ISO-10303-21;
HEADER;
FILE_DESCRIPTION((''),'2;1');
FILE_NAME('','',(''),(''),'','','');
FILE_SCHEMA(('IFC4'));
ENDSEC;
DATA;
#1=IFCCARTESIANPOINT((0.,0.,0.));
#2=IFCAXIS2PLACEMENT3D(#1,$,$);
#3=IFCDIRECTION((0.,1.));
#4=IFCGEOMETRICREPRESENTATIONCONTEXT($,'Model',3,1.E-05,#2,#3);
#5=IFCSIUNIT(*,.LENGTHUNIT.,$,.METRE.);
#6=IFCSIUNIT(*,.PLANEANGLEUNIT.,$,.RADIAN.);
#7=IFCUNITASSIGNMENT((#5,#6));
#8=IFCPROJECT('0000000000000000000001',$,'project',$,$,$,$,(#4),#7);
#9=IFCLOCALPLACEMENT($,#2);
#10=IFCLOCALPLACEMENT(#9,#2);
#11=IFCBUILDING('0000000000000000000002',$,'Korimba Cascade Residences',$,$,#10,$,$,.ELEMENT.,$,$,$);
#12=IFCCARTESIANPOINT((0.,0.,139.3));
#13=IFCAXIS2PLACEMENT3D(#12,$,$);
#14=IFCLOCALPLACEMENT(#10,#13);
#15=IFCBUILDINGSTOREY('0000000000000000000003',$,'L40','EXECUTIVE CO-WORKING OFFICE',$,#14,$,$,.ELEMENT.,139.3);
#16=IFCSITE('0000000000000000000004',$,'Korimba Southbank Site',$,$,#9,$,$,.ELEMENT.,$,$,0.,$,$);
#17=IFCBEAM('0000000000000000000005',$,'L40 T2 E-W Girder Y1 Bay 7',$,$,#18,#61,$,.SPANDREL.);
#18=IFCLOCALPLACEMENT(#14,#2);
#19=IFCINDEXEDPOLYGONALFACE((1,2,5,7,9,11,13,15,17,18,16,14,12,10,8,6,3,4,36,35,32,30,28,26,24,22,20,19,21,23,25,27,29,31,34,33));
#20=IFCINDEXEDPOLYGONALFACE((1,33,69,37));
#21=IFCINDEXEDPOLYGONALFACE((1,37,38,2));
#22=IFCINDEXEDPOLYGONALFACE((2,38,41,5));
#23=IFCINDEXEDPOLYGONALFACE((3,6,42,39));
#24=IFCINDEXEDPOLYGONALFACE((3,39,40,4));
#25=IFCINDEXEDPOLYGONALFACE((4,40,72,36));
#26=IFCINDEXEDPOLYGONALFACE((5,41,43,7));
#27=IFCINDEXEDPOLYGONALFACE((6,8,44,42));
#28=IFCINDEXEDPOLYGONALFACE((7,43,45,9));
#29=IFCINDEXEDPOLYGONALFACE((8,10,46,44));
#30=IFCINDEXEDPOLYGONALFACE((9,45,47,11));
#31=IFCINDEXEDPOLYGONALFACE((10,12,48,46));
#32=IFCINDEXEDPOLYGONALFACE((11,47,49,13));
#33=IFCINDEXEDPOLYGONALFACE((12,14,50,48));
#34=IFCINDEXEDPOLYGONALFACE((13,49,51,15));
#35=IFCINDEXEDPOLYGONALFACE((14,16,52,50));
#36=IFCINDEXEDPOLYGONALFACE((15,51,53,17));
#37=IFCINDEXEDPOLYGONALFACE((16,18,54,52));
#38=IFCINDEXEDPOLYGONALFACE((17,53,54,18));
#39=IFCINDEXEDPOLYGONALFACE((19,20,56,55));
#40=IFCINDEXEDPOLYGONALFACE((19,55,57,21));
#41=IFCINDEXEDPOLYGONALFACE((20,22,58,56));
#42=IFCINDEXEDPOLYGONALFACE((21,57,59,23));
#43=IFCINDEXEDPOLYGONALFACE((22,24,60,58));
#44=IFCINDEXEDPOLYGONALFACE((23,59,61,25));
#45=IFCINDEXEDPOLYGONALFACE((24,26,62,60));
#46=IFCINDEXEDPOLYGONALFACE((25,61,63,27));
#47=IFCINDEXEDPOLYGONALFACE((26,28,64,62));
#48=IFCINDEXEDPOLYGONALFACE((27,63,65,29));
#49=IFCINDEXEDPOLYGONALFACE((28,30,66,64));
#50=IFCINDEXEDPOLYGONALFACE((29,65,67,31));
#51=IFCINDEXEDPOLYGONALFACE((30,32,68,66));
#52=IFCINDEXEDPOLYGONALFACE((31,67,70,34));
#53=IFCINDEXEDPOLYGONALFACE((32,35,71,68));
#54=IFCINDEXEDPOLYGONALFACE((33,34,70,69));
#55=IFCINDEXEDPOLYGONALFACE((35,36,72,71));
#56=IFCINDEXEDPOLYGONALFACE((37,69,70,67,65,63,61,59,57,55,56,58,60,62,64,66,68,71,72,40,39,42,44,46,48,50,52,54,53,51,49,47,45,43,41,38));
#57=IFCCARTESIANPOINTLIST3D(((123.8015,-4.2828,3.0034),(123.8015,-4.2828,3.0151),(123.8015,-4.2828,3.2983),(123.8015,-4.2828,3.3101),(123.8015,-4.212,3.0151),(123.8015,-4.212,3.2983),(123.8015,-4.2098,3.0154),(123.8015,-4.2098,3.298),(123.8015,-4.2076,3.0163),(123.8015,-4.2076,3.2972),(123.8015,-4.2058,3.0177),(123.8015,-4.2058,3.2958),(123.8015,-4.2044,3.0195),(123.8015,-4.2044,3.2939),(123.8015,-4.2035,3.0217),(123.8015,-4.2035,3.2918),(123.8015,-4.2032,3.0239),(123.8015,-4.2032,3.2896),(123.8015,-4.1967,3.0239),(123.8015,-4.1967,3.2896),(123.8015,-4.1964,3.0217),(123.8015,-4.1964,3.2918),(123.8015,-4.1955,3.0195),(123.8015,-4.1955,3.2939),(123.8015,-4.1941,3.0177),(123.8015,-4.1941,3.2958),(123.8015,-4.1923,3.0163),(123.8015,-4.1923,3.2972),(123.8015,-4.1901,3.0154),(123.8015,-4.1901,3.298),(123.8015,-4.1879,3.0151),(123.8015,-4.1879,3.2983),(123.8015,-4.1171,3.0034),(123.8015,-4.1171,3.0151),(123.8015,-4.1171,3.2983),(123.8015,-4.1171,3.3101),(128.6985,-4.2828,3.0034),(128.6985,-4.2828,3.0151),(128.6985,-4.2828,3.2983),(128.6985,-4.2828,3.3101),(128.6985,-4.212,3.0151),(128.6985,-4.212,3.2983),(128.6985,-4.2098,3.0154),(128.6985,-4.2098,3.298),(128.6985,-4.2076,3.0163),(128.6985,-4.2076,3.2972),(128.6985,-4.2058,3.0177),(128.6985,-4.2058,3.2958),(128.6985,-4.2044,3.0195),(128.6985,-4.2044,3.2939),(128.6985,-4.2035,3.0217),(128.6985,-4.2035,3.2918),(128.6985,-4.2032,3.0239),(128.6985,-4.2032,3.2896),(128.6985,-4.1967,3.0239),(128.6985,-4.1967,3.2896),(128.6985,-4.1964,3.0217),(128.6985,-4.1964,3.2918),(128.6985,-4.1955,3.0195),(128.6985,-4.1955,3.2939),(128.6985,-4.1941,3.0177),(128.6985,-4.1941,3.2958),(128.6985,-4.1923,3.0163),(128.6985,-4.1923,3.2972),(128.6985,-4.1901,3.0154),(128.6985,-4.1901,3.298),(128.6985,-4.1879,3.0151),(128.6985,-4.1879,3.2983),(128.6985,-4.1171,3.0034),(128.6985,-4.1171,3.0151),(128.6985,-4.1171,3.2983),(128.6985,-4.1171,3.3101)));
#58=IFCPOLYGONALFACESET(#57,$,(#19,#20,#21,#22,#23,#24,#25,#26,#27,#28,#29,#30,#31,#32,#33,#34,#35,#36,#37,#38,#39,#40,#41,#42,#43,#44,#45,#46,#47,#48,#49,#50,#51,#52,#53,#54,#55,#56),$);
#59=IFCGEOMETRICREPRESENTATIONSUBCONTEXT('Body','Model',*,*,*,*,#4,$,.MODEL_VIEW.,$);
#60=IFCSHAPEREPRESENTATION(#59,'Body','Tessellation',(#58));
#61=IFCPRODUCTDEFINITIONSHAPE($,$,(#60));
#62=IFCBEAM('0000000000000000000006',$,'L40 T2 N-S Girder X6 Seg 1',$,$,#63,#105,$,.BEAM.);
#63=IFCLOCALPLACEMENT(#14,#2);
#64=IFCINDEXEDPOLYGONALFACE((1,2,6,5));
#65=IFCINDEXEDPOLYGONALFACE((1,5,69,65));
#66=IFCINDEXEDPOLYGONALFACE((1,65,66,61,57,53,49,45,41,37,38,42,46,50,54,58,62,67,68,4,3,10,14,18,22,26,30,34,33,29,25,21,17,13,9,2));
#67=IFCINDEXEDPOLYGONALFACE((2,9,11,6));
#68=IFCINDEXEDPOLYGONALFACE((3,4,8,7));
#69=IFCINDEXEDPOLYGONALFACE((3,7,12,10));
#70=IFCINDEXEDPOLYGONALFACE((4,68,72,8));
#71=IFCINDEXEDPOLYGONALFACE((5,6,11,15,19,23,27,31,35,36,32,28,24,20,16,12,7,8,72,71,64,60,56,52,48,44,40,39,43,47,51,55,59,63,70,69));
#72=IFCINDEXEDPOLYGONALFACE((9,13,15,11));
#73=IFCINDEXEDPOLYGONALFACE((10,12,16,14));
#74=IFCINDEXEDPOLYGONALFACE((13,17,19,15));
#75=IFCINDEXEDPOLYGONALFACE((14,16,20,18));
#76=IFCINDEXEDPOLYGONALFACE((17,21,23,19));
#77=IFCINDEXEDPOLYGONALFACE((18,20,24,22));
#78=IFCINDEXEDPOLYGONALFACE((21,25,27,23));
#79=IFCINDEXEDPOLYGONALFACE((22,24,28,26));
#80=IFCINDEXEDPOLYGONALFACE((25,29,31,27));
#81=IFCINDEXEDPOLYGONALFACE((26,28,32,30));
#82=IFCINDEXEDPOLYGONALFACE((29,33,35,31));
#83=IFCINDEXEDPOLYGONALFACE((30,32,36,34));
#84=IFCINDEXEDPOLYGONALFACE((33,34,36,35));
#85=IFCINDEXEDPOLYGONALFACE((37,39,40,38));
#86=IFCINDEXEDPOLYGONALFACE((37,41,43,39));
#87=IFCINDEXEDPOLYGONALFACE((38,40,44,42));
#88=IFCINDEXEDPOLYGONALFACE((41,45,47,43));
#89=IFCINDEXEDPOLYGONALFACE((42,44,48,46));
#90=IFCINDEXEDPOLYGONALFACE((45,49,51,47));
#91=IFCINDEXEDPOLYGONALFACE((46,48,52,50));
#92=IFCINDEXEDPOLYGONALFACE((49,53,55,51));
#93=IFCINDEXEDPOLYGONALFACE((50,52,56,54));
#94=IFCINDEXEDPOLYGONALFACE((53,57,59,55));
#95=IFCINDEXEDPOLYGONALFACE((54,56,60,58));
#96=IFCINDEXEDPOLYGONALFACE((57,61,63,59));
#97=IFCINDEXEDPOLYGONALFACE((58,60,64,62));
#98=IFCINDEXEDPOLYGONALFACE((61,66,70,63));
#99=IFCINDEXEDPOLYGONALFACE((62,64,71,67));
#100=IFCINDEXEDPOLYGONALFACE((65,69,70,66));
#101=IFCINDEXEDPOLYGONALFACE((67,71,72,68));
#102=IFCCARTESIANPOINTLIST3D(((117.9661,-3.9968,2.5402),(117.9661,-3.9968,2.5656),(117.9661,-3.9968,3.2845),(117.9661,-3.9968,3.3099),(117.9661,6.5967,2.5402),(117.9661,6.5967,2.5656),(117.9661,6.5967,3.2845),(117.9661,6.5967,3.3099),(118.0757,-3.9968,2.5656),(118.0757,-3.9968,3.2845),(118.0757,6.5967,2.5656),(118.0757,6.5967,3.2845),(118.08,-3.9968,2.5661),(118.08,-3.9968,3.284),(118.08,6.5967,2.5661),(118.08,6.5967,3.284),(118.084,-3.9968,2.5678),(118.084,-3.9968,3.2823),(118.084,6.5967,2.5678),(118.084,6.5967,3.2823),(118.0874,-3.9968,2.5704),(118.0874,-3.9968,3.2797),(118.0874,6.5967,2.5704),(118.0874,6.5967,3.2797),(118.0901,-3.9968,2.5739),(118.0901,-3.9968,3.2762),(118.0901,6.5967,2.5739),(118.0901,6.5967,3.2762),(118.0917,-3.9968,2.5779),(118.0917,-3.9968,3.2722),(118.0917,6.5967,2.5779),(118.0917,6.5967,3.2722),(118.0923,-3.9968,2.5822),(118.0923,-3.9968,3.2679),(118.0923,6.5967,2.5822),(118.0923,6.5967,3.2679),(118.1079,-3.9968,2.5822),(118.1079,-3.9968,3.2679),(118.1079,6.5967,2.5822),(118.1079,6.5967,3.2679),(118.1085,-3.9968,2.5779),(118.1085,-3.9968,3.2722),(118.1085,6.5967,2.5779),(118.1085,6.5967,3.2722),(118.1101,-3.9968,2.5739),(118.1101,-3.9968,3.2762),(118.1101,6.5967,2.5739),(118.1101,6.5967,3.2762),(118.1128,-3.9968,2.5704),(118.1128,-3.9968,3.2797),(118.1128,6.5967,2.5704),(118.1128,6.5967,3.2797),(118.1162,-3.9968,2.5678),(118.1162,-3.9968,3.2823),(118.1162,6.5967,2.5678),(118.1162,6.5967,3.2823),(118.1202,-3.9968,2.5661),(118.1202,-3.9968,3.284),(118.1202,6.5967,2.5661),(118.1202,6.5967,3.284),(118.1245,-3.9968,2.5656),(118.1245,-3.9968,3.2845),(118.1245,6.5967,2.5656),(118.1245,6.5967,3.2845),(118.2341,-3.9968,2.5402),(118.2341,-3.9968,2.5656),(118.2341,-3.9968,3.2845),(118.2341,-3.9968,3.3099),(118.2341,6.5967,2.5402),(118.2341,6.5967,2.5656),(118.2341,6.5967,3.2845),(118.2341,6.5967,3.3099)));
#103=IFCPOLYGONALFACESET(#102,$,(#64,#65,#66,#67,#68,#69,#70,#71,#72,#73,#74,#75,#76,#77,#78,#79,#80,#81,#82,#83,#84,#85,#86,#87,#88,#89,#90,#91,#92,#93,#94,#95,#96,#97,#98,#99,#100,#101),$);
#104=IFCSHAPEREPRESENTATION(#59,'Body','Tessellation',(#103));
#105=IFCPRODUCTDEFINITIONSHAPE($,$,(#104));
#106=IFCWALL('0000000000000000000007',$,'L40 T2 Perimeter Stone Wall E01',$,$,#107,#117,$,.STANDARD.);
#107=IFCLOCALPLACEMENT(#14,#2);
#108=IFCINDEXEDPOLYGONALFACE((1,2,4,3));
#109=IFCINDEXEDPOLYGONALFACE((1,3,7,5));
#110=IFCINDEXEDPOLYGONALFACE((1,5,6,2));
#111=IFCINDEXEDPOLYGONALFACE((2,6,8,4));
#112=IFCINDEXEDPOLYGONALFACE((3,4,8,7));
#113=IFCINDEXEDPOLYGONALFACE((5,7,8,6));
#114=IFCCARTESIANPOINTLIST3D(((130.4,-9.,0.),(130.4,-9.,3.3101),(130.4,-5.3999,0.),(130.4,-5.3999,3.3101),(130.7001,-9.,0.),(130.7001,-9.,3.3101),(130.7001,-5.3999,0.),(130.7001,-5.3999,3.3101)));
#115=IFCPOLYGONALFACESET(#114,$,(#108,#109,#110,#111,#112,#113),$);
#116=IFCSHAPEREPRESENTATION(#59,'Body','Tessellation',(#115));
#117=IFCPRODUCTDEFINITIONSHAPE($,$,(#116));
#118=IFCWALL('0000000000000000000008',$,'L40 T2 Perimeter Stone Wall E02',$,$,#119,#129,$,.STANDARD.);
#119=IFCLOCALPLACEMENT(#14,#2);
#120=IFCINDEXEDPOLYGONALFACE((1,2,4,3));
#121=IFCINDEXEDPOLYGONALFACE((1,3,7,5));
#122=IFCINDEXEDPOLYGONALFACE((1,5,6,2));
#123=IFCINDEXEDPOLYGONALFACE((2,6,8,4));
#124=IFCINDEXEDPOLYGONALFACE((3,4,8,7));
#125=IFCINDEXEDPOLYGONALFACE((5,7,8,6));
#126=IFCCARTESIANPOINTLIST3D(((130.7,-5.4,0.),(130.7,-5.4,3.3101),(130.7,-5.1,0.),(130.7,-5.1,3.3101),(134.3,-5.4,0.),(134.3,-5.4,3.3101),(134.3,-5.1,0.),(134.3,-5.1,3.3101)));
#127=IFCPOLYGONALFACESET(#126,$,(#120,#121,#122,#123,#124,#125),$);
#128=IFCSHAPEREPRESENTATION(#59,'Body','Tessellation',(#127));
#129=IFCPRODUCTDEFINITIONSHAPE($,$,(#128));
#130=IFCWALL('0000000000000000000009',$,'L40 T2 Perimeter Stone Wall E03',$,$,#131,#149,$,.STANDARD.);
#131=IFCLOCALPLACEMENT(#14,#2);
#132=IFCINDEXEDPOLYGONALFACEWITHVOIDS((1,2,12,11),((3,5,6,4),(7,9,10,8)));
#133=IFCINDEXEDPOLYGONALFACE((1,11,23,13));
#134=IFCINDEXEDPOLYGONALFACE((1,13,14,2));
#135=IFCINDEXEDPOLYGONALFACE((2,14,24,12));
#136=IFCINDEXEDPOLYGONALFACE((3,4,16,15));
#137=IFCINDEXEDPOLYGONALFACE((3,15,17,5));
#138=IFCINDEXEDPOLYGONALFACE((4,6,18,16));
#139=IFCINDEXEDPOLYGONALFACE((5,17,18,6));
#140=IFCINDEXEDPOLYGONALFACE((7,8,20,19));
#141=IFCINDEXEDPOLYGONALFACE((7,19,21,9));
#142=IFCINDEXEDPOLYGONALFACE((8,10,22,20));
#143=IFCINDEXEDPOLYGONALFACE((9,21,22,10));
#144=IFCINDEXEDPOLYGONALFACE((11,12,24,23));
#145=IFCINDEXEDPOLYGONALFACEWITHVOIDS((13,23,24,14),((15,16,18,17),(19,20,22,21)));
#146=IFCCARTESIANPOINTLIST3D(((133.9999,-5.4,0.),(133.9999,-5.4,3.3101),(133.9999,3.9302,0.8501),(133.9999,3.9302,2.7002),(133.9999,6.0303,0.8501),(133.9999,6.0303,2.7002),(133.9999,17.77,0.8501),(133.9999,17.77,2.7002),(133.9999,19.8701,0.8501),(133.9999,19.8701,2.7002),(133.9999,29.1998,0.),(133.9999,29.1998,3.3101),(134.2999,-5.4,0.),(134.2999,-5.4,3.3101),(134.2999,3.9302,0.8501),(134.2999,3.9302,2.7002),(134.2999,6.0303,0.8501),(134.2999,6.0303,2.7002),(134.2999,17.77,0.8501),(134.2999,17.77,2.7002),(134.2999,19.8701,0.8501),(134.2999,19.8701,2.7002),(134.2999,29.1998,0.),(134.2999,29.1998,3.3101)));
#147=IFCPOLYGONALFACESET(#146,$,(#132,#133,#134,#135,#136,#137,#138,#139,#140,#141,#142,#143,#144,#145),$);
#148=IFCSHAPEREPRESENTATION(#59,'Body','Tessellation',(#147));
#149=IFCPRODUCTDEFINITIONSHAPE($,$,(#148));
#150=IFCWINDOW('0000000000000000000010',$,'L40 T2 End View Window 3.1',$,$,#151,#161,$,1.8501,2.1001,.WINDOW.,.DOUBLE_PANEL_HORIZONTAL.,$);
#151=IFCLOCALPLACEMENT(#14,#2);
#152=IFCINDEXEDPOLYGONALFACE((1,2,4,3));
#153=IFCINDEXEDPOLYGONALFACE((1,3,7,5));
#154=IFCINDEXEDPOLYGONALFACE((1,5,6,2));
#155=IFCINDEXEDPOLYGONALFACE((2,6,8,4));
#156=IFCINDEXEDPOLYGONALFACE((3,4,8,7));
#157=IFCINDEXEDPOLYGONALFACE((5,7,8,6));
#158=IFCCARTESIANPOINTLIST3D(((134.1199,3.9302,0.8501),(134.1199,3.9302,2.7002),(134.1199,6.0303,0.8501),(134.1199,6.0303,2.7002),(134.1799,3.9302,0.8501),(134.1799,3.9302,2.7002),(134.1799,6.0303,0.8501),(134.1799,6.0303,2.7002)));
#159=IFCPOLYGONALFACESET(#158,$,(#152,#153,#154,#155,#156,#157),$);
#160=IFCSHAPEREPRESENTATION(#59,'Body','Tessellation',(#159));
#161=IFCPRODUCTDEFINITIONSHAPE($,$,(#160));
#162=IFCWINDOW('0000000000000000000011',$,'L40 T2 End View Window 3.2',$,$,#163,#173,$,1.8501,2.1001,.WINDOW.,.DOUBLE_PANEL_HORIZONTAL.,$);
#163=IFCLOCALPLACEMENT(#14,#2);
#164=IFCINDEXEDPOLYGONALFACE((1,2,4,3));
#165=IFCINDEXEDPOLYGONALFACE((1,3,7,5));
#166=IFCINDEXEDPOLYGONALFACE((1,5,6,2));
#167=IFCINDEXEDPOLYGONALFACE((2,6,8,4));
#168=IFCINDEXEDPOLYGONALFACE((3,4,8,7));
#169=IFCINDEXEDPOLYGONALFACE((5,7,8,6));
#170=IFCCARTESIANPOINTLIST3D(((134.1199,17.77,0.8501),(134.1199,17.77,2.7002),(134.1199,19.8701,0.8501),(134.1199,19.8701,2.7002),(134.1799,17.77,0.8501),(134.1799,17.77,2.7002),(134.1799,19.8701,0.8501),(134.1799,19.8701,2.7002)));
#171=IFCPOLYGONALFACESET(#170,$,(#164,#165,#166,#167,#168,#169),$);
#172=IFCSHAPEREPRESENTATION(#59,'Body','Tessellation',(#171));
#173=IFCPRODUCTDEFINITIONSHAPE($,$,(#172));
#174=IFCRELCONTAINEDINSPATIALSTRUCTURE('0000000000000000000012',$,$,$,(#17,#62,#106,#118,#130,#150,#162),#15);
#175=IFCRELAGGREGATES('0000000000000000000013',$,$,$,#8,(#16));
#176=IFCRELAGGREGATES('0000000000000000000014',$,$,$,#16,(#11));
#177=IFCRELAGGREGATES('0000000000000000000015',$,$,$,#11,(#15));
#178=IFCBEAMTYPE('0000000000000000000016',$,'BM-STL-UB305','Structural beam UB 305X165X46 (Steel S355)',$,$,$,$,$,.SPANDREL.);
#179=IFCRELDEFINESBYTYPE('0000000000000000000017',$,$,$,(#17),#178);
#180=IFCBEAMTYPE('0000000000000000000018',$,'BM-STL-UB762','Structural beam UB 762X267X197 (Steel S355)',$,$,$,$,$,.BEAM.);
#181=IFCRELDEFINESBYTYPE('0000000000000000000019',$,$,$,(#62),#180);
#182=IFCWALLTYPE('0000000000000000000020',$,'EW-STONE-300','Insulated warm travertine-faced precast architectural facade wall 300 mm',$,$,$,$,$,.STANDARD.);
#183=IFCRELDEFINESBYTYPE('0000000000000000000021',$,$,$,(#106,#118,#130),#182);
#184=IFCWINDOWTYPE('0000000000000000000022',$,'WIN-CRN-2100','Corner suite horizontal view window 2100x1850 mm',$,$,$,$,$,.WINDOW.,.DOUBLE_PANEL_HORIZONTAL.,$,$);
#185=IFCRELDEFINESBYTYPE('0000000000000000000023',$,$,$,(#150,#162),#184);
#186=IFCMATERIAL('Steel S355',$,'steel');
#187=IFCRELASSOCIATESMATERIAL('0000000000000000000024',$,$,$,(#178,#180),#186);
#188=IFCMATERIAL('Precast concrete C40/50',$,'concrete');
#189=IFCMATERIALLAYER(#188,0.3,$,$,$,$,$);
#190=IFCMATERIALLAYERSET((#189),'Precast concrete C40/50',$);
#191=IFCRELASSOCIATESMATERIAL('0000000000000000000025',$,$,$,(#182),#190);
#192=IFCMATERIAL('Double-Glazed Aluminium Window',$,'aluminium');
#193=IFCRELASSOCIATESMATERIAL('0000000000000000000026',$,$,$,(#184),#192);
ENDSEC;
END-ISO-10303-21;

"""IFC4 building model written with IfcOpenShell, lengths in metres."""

from ifc_helpers import new_model, si_unit, direction, frame, frame_2d, origin, origin_2d, place, context, subcontext, project, spatial, rectangle, i_section, extrude, material, layer, layer_set, material_profile, profile_set, type_object, element, fill, save


model = new_model("IFC4")

# Units and contexts
model_context = context("Model", 3, precision=1e-05, world=origin(), true_north=direction((0.0, 1.0)))
body_context = subcontext(model_context, "Body", "Model", "MODEL_VIEW")
ifc_project = project(units=[si_unit("LENGTHUNIT", "METRE"), si_unit("PLANEANGLEUNIT", "RADIAN")], contexts=[model_context])

# Site, building, storey
site_placement = place(None, origin())
site = spatial("IfcSite", under=ifc_project, at=site_placement, Name="Korimba Southbank Site", CompositionType="ELEMENT", RefElevation=0.0)
building_placement = place(site_placement, origin())
building = spatial("IfcBuilding", under=site, at=building_placement, Name="Korimba Cascade Residences", CompositionType="ELEMENT")
storey_placement = place(building_placement, frame((0.0, 0.0, 139.3)))
storey = spatial("IfcBuildingStorey", under=building, at=storey_placement, Name="L40", Description="EXECUTIVE CO-WORKING OFFICE", CompositionType="ELEMENT", Elevation=139.3)

# Beams
ifc_material_1 = material(Name="Steel S355", Category="steel")
ifc_material_profile_1 = material_profile(ifc_material_1, i_section(OverallWidth=0.1658, OverallDepth=0.3066, WebThickness=0.0066, FlangeThickness=0.0117, FilletRadius=0.0088, at=origin_2d()), Name="Steel S355")
ifc_profile_set_1 = profile_set([ifc_material_profile_1], Name="Steel S355")
beam_type_1 = type_object("IfcBeamType", Name="BM-STL-UB305", Description="Structural beam UB 305X165X46 (Steel S355)", PredefinedType="SPANDREL", material=ifc_profile_set_1)
beam_1_placement = place(storey_placement, frame((123.8015, -4.2, 3.1567), z_axis=(1.0, 0.0, 0.0), x_axis=(0.0, 1.0, 0.0)))
element("IfcBeam", 1, at=beam_1_placement, inside=storey, type_object=beam_type_1, Name="L40 T2 E-W Girder Y1 Bay 7", PredefinedType="SPANDREL", context=body_context, shape_type="SweptSolid", body=[
    extrude(i_section(OverallWidth=0.1658, OverallDepth=0.3066, WebThickness=0.0066, FlangeThickness=0.0117, FilletRadius=0.0088, at=origin_2d()), origin(), (0.0, 0.0, 1.0), 4.897),
])
ifc_material_profile_2 = material_profile(ifc_material_1, i_section(OverallWidth=0.2681, OverallDepth=0.7698, WebThickness=0.0156, FlangeThickness=0.0254, FilletRadius=0.0166, at=origin_2d()), Name="Steel S355")
ifc_profile_set_2 = profile_set([ifc_material_profile_2], Name="Steel S355")
beam_type_2 = type_object("IfcBeamType", Name="BM-STL-UB762", Description="Structural beam UB 762X267X197 (Steel S355)", PredefinedType="BEAM", material=ifc_profile_set_2)
beam_2_placement = place(storey_placement, frame((118.1001, -3.9968, 2.925), z_axis=(0.0, 1.0, 0.0), x_axis=(-1.0, 0.0, 0.0)))
element("IfcBeam", 2, at=beam_2_placement, inside=storey, type_object=beam_type_2, Name="L40 T2 N-S Girder X6 Seg 1", PredefinedType="BEAM", context=body_context, shape_type="SweptSolid", body=[
    extrude(i_section(OverallWidth=0.2681, OverallDepth=0.7698, WebThickness=0.0156, FlangeThickness=0.0254, FilletRadius=0.0166, at=origin_2d()), origin(), (0.0, 0.0, 1.0), 10.5935),
])

# Walls
ifc_material_2 = material(Name="Precast concrete C40/50", Category="concrete")
ifc_layer_1 = layer(ifc_material_2, 0.3)
ifc_layer_set_1 = layer_set([ifc_layer_1], Name="Precast concrete C40/50")
wall_type_1 = type_object("IfcWallType", Name="EW-STONE-300", Description="Insulated warm travertine-faced precast architectural facade wall 300 mm", PredefinedType="STANDARD", material=ifc_layer_set_1)
for number, where, z_axis, x_axis, name in (
    (3, (130.55, -9.0, 0.0), (0.0, 0.0, 1.0), (0.0, 1.0, 0.0), "L40 T2 Perimeter Stone Wall E01"),
    (4, (130.7, -5.25, 0.0), (0.0, 0.0, 1.0), (1.0, 0.0, 0.0), "L40 T2 Perimeter Stone Wall E02"),
):
    element("IfcWall", number, at=place(storey_placement, frame(where, z_axis=z_axis, x_axis=x_axis)), inside=storey, type_object=wall_type_1, Name=name, PredefinedType="STANDARD", context=body_context, shape_type="SweptSolid", body=[
        extrude(rectangle(XDim=3.6001, YDim=0.3, at=frame_2d((1.8, 0.0))), origin(), (0.0, 0.0, 1.0), 3.3101),
    ])

# Wall, openings, windows
wall_1_placement = place(storey_placement, frame((134.1499, -5.3999, 0.0), z_axis=(0.0, 0.0, 1.0), x_axis=(0.0, 1.0, 0.0)))
wall_1 = element("IfcWall", 5, at=wall_1_placement, inside=storey, type_object=wall_type_1, Name="L40 T2 Perimeter Stone Wall E03", PredefinedType="STANDARD", context=body_context, shape_type="SweptSolid", body=[
    extrude(rectangle(XDim=34.5999, YDim=0.3, at=frame_2d((17.2998, 0.0))), origin(), (0.0, 0.0, 1.0), 3.3101),
])
opening_1_placement = place(wall_1_placement, frame((9.3301, 0.0, 0.8501)))
opening_1 = element("IfcOpeningElement", 6, at=opening_1_placement, cuts=wall_1, PredefinedType="OPENING", context=body_context, shape_type="SweptSolid", body=[
    extrude(rectangle(XDim=2.1001, YDim=1.8501, at=frame_2d((1.05, 0.925))), frame((0.0, 0.1602, 0.0), z_axis=(0.0, -1.0, 0.0), x_axis=(1.0, 0.0, 0.0)), (0.0, 0.0, 1.0), 0.3201),
])
opening_2_placement = place(wall_1_placement, frame((23.1699, 0.0, 0.8501)))
opening_2 = element("IfcOpeningElement", 7, at=opening_2_placement, cuts=wall_1, PredefinedType="OPENING", context=body_context, shape_type="SweptSolid", body=[
    extrude(rectangle(XDim=2.1001, YDim=1.8501, at=frame_2d((1.05, 0.925))), frame((0.0, 0.1602, 0.0), z_axis=(0.0, -1.0, 0.0), x_axis=(1.0, 0.0, 0.0)), (0.0, 0.0, 1.0), 0.3201),
])
ifc_material_3 = material(Name="Double-Glazed Aluminium Window", Category="aluminium")
window_type = type_object("IfcWindowType", Name="WIN-CRN-2100", Description="Corner suite horizontal view window 2100x1850 mm", PartitioningType="DOUBLE_PANEL_HORIZONTAL", PredefinedType="WINDOW", material=ifc_material_3)
window_1_placement = place(opening_1_placement, origin())
window_1 = element("IfcWindow", 8, at=window_1_placement, inside=storey, type_object=window_type, Name="L40 T2 End View Window 3.1", OverallHeight=1.8501, OverallWidth=2.1001, PartitioningType="DOUBLE_PANEL_HORIZONTAL", PredefinedType="WINDOW", context=body_context, shape_type="SweptSolid", body=[
    extrude(rectangle(XDim=2.1001, YDim=1.8501, at=frame_2d((1.05, 0.925))), frame((0.0, 0.03, 0.0), z_axis=(0.0, -1.0, 0.0), x_axis=(1.0, 0.0, 0.0)), (0.0, 0.0, 1.0), 0.0601),
])
fill(opening_1, window_1)
window_2_placement = place(opening_2_placement, origin())
window_2 = element("IfcWindow", 9, at=window_2_placement, inside=storey, type_object=window_type, Name="L40 T2 End View Window 3.2", OverallHeight=1.8501, OverallWidth=2.1001, PartitioningType="DOUBLE_PANEL_HORIZONTAL", PredefinedType="WINDOW", context=body_context, shape_type="SweptSolid", body=[
    extrude(rectangle(XDim=2.1001, YDim=1.8501, at=frame_2d((1.05, 0.925))), frame((0.0, 0.03, 0.0), z_axis=(0.0, -1.0, 0.0), x_axis=(1.0, 0.0, 0.0)), (0.0, 0.0, 1.0), 0.0601),
])
fill(opening_2, window_2)

save(model, "model.ifc")
